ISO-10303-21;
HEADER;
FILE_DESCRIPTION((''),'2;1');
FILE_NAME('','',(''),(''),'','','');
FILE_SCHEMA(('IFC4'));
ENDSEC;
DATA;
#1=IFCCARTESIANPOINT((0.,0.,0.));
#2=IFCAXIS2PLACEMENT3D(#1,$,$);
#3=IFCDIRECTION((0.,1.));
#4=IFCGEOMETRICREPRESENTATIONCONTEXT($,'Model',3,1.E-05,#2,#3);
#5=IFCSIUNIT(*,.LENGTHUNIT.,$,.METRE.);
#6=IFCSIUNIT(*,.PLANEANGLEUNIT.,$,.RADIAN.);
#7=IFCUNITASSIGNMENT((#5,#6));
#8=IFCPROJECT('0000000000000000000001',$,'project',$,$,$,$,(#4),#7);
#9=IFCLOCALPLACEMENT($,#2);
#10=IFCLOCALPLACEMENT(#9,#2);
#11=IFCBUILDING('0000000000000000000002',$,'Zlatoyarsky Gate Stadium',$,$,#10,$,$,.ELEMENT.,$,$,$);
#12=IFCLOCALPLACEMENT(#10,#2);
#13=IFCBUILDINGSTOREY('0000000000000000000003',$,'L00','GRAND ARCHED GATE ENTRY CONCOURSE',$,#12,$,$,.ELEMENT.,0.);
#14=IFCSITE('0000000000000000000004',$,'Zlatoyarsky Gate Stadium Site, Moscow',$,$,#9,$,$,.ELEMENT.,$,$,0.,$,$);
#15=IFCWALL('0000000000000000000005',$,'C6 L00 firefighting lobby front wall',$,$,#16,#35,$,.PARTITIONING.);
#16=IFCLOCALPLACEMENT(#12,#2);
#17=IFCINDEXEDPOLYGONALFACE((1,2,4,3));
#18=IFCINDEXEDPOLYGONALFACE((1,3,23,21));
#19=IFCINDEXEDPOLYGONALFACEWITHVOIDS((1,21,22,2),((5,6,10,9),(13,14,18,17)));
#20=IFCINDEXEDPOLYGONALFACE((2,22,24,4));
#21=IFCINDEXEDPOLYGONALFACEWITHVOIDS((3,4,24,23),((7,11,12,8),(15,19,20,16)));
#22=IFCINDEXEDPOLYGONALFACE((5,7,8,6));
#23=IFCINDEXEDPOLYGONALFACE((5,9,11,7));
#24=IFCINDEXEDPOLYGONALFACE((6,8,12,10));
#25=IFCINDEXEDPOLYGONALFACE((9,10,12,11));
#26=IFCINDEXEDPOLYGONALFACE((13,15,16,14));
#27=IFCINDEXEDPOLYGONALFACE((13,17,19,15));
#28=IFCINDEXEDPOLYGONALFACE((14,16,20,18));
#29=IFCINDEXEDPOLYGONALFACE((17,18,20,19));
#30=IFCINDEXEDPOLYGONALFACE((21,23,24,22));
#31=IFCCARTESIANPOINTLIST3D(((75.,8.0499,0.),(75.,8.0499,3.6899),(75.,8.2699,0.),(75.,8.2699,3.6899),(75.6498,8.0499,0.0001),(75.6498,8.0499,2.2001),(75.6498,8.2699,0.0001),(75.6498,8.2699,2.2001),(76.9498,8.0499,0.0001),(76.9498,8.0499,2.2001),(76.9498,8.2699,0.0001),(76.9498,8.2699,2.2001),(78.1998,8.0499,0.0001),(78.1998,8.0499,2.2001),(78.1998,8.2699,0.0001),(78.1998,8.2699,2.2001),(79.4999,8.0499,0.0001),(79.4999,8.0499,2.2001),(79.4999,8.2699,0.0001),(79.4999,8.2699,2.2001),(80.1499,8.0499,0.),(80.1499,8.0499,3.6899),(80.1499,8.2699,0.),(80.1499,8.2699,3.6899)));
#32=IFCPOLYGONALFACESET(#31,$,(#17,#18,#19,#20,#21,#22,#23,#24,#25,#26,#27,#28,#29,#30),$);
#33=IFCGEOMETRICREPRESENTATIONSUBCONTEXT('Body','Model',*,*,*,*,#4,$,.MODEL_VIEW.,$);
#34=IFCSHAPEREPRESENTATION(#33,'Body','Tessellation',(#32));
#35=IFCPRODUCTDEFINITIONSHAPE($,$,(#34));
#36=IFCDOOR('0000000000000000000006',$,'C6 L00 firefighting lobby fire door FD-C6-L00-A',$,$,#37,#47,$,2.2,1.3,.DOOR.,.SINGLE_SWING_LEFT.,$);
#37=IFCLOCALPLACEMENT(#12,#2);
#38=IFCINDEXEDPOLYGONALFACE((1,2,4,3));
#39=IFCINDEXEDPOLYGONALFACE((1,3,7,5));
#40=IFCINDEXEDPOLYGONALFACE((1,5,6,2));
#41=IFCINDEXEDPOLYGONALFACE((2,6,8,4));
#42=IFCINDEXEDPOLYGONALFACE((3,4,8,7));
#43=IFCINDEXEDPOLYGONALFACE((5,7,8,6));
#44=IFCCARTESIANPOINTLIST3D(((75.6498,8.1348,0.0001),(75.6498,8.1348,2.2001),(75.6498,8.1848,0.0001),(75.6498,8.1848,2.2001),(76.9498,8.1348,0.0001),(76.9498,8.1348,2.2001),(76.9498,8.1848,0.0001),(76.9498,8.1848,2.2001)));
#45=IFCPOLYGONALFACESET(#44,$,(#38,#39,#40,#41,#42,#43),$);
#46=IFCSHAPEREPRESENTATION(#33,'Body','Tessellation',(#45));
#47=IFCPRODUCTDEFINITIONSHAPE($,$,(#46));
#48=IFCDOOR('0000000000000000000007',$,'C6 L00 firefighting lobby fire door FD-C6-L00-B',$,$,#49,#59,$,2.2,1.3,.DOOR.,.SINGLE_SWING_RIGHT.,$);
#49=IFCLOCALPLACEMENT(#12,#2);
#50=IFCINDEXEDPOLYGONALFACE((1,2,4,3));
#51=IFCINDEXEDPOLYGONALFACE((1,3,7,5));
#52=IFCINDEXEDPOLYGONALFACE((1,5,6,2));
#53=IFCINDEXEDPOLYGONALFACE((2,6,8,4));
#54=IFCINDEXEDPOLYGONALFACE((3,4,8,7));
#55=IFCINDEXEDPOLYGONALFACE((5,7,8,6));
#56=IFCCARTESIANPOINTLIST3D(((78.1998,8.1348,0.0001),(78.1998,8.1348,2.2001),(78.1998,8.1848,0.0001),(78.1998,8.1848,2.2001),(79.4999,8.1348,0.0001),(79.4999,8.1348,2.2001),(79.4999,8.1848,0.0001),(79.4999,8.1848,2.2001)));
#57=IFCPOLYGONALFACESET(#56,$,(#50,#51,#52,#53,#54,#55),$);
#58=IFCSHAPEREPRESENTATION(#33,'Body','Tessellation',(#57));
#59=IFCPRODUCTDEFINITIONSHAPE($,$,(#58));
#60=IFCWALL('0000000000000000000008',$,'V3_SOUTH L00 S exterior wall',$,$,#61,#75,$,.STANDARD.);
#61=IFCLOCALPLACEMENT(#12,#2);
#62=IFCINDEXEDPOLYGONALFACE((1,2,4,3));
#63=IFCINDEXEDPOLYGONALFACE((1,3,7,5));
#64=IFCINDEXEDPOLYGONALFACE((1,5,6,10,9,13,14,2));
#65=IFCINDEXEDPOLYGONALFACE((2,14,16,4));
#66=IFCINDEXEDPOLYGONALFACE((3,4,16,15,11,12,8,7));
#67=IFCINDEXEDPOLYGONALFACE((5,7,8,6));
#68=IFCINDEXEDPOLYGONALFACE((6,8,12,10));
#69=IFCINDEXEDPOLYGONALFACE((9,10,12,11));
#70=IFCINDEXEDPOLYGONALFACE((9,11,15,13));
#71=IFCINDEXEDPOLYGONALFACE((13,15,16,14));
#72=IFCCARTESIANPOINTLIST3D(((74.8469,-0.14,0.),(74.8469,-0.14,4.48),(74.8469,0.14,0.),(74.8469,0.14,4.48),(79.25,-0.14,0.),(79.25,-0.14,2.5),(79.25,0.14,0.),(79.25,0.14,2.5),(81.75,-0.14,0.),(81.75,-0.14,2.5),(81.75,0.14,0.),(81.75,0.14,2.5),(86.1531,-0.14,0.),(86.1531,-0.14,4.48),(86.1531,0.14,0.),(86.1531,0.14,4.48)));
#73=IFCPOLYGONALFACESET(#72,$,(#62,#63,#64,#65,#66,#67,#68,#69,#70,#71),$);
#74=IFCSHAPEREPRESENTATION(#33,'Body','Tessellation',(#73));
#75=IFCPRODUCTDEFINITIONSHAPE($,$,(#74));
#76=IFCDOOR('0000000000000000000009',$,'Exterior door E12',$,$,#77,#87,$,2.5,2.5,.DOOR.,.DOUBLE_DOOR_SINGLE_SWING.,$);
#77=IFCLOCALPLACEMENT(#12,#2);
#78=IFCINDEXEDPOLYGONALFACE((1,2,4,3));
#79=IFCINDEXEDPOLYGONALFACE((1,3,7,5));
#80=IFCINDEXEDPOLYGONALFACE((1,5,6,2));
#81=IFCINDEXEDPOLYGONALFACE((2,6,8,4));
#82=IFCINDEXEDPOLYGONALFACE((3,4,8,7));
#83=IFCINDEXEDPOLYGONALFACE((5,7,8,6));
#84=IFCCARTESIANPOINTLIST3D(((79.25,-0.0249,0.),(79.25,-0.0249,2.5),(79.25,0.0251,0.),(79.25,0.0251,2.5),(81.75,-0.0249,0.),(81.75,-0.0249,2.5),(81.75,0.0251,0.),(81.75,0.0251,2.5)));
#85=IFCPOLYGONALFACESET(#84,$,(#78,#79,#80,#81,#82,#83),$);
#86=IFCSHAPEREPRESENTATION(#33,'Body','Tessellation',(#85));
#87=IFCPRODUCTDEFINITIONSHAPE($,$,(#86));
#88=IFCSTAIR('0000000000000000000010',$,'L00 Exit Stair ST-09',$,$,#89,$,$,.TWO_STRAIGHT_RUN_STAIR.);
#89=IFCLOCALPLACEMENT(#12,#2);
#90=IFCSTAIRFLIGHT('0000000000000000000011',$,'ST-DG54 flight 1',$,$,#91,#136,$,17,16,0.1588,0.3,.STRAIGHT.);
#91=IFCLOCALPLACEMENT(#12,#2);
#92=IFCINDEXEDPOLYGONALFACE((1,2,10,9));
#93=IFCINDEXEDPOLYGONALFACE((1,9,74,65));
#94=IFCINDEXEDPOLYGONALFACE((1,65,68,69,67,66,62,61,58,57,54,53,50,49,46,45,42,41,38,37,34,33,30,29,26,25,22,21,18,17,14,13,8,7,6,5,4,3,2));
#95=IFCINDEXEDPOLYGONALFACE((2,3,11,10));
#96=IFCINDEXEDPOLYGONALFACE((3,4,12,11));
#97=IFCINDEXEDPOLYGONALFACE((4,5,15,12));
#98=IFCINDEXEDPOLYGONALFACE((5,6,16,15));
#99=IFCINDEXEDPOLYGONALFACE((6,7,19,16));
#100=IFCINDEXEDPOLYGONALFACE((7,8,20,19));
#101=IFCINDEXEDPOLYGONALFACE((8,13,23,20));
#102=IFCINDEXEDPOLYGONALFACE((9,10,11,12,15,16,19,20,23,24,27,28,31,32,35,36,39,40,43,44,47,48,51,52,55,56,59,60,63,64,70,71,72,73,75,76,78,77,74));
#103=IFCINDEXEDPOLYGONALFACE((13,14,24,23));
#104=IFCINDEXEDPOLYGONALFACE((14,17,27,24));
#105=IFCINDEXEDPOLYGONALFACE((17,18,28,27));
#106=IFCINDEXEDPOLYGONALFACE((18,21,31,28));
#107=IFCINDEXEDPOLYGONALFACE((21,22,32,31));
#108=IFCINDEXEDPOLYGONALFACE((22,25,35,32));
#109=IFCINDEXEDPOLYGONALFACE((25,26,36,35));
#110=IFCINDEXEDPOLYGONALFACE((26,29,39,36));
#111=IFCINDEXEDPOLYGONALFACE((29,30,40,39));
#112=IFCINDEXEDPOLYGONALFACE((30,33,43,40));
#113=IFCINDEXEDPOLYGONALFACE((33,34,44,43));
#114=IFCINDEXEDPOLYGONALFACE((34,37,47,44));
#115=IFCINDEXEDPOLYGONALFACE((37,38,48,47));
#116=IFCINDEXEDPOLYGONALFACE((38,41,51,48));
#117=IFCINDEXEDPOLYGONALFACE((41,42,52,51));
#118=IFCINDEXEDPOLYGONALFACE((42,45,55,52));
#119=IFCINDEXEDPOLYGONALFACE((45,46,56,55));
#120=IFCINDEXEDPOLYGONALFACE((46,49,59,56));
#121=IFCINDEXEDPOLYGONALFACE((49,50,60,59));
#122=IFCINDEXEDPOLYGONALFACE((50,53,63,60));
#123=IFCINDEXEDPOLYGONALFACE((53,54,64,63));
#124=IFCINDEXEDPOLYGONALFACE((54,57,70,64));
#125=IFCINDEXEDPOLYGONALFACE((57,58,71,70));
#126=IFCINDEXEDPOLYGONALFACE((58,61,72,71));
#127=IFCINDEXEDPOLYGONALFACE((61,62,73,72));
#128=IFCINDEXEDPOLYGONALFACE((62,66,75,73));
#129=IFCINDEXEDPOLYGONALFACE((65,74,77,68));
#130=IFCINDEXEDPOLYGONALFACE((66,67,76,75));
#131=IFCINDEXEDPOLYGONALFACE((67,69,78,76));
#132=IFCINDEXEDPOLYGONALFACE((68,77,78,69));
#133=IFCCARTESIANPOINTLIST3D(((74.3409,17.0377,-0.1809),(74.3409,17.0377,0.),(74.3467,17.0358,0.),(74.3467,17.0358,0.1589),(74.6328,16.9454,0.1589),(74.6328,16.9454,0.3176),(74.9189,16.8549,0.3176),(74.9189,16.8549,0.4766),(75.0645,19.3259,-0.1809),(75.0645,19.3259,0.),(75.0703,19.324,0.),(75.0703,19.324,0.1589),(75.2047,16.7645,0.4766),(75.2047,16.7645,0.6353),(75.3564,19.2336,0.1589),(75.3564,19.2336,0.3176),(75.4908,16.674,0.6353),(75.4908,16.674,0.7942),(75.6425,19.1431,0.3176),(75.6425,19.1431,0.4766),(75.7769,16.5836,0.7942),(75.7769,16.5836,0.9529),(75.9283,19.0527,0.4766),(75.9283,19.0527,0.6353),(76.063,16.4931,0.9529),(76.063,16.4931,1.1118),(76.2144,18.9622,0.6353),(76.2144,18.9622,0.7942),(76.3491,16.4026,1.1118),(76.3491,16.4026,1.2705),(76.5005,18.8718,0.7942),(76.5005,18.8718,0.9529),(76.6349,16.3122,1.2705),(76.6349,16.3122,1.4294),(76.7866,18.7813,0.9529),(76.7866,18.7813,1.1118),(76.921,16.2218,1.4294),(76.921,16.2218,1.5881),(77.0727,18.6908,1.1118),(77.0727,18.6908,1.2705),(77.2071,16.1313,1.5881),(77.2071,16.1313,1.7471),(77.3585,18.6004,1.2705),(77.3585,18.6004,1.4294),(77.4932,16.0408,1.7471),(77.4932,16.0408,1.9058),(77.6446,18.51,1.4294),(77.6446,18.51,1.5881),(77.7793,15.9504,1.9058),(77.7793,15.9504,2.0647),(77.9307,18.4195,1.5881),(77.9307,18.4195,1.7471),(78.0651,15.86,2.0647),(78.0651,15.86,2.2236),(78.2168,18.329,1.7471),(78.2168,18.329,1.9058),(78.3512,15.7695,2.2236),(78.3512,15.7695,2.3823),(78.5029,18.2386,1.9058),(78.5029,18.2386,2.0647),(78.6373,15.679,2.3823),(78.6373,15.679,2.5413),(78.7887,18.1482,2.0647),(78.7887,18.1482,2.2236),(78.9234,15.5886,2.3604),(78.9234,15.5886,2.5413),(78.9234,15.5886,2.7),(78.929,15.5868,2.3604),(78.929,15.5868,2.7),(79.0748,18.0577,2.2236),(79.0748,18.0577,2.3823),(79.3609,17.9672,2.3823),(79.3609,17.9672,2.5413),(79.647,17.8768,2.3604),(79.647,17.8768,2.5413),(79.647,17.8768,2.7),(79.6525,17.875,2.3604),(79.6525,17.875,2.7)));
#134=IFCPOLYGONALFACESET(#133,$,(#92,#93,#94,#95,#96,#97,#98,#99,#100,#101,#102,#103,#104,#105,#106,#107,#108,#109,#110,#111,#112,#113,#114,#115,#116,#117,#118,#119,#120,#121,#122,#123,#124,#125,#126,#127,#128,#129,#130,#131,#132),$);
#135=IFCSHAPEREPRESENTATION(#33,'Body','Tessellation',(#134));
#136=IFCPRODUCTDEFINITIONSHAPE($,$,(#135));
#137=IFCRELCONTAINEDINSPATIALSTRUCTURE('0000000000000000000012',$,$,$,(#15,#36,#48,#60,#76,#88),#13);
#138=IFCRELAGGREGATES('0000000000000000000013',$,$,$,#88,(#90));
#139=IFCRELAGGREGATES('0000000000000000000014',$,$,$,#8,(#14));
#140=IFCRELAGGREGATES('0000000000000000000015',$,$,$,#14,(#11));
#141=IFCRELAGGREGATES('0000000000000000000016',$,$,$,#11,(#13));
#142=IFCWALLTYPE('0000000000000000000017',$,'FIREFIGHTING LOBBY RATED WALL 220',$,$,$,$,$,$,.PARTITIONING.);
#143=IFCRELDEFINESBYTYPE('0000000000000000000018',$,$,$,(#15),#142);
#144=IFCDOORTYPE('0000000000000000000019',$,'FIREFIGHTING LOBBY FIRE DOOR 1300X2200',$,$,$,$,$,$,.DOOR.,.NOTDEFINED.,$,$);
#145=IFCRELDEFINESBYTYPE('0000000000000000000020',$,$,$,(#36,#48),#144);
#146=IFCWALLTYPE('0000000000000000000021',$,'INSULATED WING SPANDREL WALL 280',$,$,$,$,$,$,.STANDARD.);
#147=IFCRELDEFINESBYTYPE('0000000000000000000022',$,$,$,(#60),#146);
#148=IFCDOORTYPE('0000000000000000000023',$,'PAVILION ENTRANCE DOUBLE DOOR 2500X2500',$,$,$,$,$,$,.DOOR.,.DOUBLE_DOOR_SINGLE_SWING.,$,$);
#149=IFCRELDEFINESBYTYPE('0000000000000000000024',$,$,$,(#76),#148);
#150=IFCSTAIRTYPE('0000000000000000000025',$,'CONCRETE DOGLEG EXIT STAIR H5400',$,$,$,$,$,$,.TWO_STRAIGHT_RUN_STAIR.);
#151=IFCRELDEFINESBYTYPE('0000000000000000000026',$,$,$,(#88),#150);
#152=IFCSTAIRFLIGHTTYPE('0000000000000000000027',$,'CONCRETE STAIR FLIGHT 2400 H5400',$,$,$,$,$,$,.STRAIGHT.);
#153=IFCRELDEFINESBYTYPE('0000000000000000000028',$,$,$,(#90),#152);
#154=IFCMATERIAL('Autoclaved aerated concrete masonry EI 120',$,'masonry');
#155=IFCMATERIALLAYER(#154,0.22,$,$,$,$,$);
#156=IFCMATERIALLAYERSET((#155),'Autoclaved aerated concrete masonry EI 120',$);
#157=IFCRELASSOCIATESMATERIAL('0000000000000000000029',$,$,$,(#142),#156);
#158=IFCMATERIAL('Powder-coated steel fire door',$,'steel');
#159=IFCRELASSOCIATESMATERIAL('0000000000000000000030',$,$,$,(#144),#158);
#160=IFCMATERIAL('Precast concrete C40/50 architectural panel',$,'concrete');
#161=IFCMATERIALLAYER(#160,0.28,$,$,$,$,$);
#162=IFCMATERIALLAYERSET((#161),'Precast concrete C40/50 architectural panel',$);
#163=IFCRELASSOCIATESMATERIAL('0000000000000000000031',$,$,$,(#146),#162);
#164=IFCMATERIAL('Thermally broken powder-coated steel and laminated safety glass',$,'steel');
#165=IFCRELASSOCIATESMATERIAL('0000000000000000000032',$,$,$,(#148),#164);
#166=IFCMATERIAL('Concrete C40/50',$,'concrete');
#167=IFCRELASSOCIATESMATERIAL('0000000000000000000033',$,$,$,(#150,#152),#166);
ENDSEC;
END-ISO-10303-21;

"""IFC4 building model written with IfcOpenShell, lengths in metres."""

from ifc_helpers import new_model, si_unit, direction, frame, frame_2d, origin, place, context, subcontext, project, spatial, polyline, rectangle, outline, extrude, material, layer, layer_set, type_object, element, fill, aggregate, save


model = new_model("IFC4")

# Units and contexts
model_context = context("Model", 3, precision=1e-05, world=origin(), true_north=direction((0.0, 1.0)))
body_context = subcontext(model_context, "Body", "Model", "MODEL_VIEW")
ifc_project = project(units=[si_unit("LENGTHUNIT", "METRE"), si_unit("PLANEANGLEUNIT", "RADIAN")], contexts=[model_context])

# Site, building, storey
site_placement = place(None, origin())
site = spatial("IfcSite", under=ifc_project, at=site_placement, Name="Zlatoyarsky Gate Stadium Site, Moscow", CompositionType="ELEMENT", RefElevation=0.0)
building_placement = place(site_placement, origin())
building = spatial("IfcBuilding", under=site, at=building_placement, Name="Zlatoyarsky Gate Stadium", CompositionType="ELEMENT")
storey_placement = place(building_placement, origin())
storey = spatial("IfcBuildingStorey", under=building, at=storey_placement, Name="L00", Description="GRAND ARCHED GATE ENTRY CONCOURSE", CompositionType="ELEMENT", Elevation=0.0)

# Shared definitions
ifc_material_1 = material(Name="Concrete C40/50", Category="concrete")

# Shared definitions
ifc_material_2 = material(Name="Powder-coated steel fire door", Category="steel")

# Shared definitions
ifc_material_3 = material(Name="Autoclaved aerated concrete masonry EI 120", Category="masonry")
ifc_layer_1 = layer(ifc_material_3, 0.22)
ifc_layer_set_1 = layer_set([ifc_layer_1], Name="Autoclaved aerated concrete masonry EI 120")
wall_type_1 = type_object("IfcWallType", Name="FIREFIGHTING LOBBY RATED WALL 220", PredefinedType="PARTITIONING", material=ifc_layer_set_1)

# Wall, openings, doors
wall_1_placement = place(storey_placement, frame((75.0, 8.1599, 0.0), z_axis=(0.0, 0.0, 1.0), x_axis=(1.0, 0.0, 0.0)))
wall_1 = element("IfcWall", 1, at=wall_1_placement, inside=storey, type_object=wall_type_1, Name="C6 L00 firefighting lobby front wall", PredefinedType="PARTITIONING", context=body_context, shape_type="SweptSolid", body=[
    extrude(rectangle(XDim=5.1499, YDim=0.22, at=frame_2d((2.575, 0.0))), origin(), (0.0, 0.0, 1.0), 3.6899),
])
opening_1_placement = place(wall_1_placement, frame((0.6499, 0.0, 0.0)))
opening_1 = element("IfcOpeningElement", 2, at=opening_1_placement, cuts=wall_1, PredefinedType="OPENING", context=body_context, shape_type="SweptSolid", body=[
    extrude(rectangle(XDim=1.3, YDim=2.2, at=frame_2d((0.6499, 1.1001))), frame((0.0, 0.1199, 0.0), z_axis=(0.0, -1.0, 0.0), x_axis=(1.0, 0.0, 0.0)), (0.0, 0.0, 1.0), 0.24),
])
opening_2_placement = place(wall_1_placement, frame((3.2, 0.0, 0.0)))
opening_2 = element("IfcOpeningElement", 3, at=opening_2_placement, cuts=wall_1, PredefinedType="OPENING", context=body_context, shape_type="SweptSolid", body=[
    extrude(rectangle(XDim=1.3, YDim=2.2, at=frame_2d((0.6499, 1.1001))), frame((0.0, 0.1199, 0.0), z_axis=(0.0, -1.0, 0.0), x_axis=(1.0, 0.0, 0.0)), (0.0, 0.0, 1.0), 0.24),
])
door_type_1 = type_object("IfcDoorType", Name="FIREFIGHTING LOBBY FIRE DOOR 1300X2200", OperationType="NOTDEFINED", PredefinedType="DOOR", material=ifc_material_2)
door_1_placement = place(opening_1_placement, origin())
door_1 = element("IfcDoor", 4, at=door_1_placement, inside=storey, type_object=door_type_1, Name="C6 L00 firefighting lobby fire door FD-C6-L00-A", OperationType="SINGLE_SWING_LEFT", OverallHeight=2.2, OverallWidth=1.3, PredefinedType="DOOR", context=body_context, shape_type="SweptSolid", body=[
    extrude(rectangle(XDim=1.3, YDim=2.2, at=frame_2d((0.6499, 1.1001))), frame((0.0, 0.0249, 0.0), z_axis=(0.0, -1.0, 0.0), x_axis=(1.0, 0.0, 0.0)), (0.0, 0.0, 1.0), 0.05),
])
fill(opening_1, door_1)
door_2_placement = place(opening_2_placement, origin())
door_2 = element("IfcDoor", 5, at=door_2_placement, inside=storey, type_object=door_type_1, Name="C6 L00 firefighting lobby fire door FD-C6-L00-B", OperationType="SINGLE_SWING_RIGHT", OverallHeight=2.2, OverallWidth=1.3, PredefinedType="DOOR", context=body_context, shape_type="SweptSolid", body=[
    extrude(rectangle(XDim=1.3, YDim=2.2, at=frame_2d((0.6499, 1.1001))), frame((0.0, 0.0249, 0.0), z_axis=(0.0, -1.0, 0.0), x_axis=(1.0, 0.0, 0.0)), (0.0, 0.0, 1.0), 0.05),
])
fill(opening_2, door_2)

# Wall, opening, door
ifc_material_4 = material(Name="Precast concrete C40/50 architectural panel", Category="concrete")
ifc_layer_2 = layer(ifc_material_4, 0.28)
ifc_layer_set_2 = layer_set([ifc_layer_2], Name="Precast concrete C40/50 architectural panel")
wall_type_2 = type_object("IfcWallType", Name="INSULATED WING SPANDREL WALL 280", PredefinedType="STANDARD", material=ifc_layer_set_2)
wall_2_placement = place(storey_placement, frame((74.8469, 0.0, 0.0), z_axis=(0.0, 0.0, 1.0), x_axis=(1.0, 0.0, 0.0)))
wall_2 = element("IfcWall", 6, at=wall_2_placement, inside=storey, type_object=wall_type_2, Name="V3_SOUTH L00 S exterior wall", PredefinedType="STANDARD", context=body_context, shape_type="SweptSolid", body=[
    extrude(rectangle(XDim=11.3062, YDim=0.28, at=frame_2d((5.6531, 0.0))), origin(), (0.0, 0.0, 1.0), 4.48),
])
opening_3_placement = place(wall_2_placement, frame((4.4031, 0.0, 0.0)))
opening_3 = element("IfcOpeningElement", 7, at=opening_3_placement, cuts=wall_2, PredefinedType="OPENING", context=body_context, shape_type="SweptSolid", body=[
    extrude(rectangle(XDim=2.5, YDim=2.5, at=frame_2d((1.25, 1.25))), frame((0.0, 0.1499, 0.0), z_axis=(0.0, -1.0, 0.0), x_axis=(1.0, 0.0, 0.0)), (0.0, 0.0, 1.0), 0.3),
])
ifc_material_5 = material(Name="Thermally broken powder-coated steel and laminated safety glass", Category="steel")
door_type_2 = type_object("IfcDoorType", Name="PAVILION ENTRANCE DOUBLE DOOR 2500X2500", OperationType="DOUBLE_DOOR_SINGLE_SWING", PredefinedType="DOOR", material=ifc_material_5)
door_3_placement = place(opening_3_placement, frame((2.5, 0.0, 0.0), z_axis=(0.0, 0.0, 1.0), x_axis=(-1.0, 0.0, 0.0)))
door_3 = element("IfcDoor", 8, at=door_3_placement, inside=storey, type_object=door_type_2, Name="Exterior door E12", OperationType="DOUBLE_DOOR_SINGLE_SWING", OverallHeight=2.5, OverallWidth=2.5, PredefinedType="DOOR", context=body_context, shape_type="SweptSolid", body=[
    extrude(rectangle(XDim=2.5, YDim=2.5, at=frame_2d((1.25, 1.25))), frame((0.0, 0.0249, 0.0), z_axis=(0.0, -1.0, 0.0), x_axis=(1.0, 0.0, 0.0)), (0.0, 0.0, 1.0), 0.05),
])
fill(opening_3, door_3)

# Stair, stair flight
stair_type = type_object("IfcStairType", Name="CONCRETE DOGLEG EXIT STAIR H5400", PredefinedType="TWO_STRAIGHT_RUN_STAIR", material=ifc_material_1)
stair_placement = place(storey_placement, origin())
stair = element("IfcStair", 9, at=stair_placement, inside=storey, type_object=stair_type, Name="L00 Exit Stair ST-09", PredefinedType="TWO_STRAIGHT_RUN_STAIR")
stair_flight_type = type_object("IfcStairFlightType", Name="CONCRETE STAIR FLIGHT 2400 H5400", PredefinedType="STRAIGHT", material=ifc_material_1)
stair_flight_placement = place(storey_placement, frame((74.7085, 18.1799, 0.0), z_axis=(0.0, 0.0, 1.0), x_axis=(0.953463, -0.30151, 0.0)))
stair_flight = element("IfcStairFlight", 10, at=stair_flight_placement, type_object=stair_flight_type, Name="ST-DG54 flight 1", NumberOfRisers=17, NumberOfTreads=16, PredefinedType="STRAIGHT", RiserHeight=0.1588, TreadLength=0.3, context=body_context, shape_type="SweptSolid", body=[
    extrude(outline(polyline([(-0.0061, -0.1809), (-0.0061, 0.0), (0.0, 0.0), (0.0, 0.1589), (0.3, 0.1589), (0.3, 0.3176), (0.6001, 0.3176), (0.6001, 0.4766), (0.8999, 0.4766), (0.8999, 0.6353), (1.2, 0.6353), (1.2, 0.7942), (1.5, 0.7942), (1.5, 0.9529), (1.8, 0.9529), (1.8, 1.1118), (2.1001, 1.1118), (2.1001, 1.2705), (2.3999, 1.2705), (2.3999, 1.4294), (2.7, 1.4294), (2.7, 1.5881), (3.0, 1.5881), (3.0, 1.7471), (3.3, 1.7471), (3.3, 1.9058), (3.6001, 1.9058), (3.6001, 2.0647), (3.8999, 2.0647), (3.8999, 2.2236), (4.2, 2.2236), (4.2, 2.3823), (4.5, 2.3823), (4.5, 2.5413), (4.8, 2.5413), (4.8, 2.7), (4.8059, 2.7), (4.8059, 2.3604), (4.8, 2.3604), (-0.0061, -0.1809)])), frame((0.0, 1.2, 0.0), z_axis=(0.0, -1.0, 0.0), x_axis=(1.0, 0.0, 0.0)), (0.0, 0.0, 1.0), 2.3999),
])
aggregate(stair, [stair_flight])

save(model, "model.ifc")
